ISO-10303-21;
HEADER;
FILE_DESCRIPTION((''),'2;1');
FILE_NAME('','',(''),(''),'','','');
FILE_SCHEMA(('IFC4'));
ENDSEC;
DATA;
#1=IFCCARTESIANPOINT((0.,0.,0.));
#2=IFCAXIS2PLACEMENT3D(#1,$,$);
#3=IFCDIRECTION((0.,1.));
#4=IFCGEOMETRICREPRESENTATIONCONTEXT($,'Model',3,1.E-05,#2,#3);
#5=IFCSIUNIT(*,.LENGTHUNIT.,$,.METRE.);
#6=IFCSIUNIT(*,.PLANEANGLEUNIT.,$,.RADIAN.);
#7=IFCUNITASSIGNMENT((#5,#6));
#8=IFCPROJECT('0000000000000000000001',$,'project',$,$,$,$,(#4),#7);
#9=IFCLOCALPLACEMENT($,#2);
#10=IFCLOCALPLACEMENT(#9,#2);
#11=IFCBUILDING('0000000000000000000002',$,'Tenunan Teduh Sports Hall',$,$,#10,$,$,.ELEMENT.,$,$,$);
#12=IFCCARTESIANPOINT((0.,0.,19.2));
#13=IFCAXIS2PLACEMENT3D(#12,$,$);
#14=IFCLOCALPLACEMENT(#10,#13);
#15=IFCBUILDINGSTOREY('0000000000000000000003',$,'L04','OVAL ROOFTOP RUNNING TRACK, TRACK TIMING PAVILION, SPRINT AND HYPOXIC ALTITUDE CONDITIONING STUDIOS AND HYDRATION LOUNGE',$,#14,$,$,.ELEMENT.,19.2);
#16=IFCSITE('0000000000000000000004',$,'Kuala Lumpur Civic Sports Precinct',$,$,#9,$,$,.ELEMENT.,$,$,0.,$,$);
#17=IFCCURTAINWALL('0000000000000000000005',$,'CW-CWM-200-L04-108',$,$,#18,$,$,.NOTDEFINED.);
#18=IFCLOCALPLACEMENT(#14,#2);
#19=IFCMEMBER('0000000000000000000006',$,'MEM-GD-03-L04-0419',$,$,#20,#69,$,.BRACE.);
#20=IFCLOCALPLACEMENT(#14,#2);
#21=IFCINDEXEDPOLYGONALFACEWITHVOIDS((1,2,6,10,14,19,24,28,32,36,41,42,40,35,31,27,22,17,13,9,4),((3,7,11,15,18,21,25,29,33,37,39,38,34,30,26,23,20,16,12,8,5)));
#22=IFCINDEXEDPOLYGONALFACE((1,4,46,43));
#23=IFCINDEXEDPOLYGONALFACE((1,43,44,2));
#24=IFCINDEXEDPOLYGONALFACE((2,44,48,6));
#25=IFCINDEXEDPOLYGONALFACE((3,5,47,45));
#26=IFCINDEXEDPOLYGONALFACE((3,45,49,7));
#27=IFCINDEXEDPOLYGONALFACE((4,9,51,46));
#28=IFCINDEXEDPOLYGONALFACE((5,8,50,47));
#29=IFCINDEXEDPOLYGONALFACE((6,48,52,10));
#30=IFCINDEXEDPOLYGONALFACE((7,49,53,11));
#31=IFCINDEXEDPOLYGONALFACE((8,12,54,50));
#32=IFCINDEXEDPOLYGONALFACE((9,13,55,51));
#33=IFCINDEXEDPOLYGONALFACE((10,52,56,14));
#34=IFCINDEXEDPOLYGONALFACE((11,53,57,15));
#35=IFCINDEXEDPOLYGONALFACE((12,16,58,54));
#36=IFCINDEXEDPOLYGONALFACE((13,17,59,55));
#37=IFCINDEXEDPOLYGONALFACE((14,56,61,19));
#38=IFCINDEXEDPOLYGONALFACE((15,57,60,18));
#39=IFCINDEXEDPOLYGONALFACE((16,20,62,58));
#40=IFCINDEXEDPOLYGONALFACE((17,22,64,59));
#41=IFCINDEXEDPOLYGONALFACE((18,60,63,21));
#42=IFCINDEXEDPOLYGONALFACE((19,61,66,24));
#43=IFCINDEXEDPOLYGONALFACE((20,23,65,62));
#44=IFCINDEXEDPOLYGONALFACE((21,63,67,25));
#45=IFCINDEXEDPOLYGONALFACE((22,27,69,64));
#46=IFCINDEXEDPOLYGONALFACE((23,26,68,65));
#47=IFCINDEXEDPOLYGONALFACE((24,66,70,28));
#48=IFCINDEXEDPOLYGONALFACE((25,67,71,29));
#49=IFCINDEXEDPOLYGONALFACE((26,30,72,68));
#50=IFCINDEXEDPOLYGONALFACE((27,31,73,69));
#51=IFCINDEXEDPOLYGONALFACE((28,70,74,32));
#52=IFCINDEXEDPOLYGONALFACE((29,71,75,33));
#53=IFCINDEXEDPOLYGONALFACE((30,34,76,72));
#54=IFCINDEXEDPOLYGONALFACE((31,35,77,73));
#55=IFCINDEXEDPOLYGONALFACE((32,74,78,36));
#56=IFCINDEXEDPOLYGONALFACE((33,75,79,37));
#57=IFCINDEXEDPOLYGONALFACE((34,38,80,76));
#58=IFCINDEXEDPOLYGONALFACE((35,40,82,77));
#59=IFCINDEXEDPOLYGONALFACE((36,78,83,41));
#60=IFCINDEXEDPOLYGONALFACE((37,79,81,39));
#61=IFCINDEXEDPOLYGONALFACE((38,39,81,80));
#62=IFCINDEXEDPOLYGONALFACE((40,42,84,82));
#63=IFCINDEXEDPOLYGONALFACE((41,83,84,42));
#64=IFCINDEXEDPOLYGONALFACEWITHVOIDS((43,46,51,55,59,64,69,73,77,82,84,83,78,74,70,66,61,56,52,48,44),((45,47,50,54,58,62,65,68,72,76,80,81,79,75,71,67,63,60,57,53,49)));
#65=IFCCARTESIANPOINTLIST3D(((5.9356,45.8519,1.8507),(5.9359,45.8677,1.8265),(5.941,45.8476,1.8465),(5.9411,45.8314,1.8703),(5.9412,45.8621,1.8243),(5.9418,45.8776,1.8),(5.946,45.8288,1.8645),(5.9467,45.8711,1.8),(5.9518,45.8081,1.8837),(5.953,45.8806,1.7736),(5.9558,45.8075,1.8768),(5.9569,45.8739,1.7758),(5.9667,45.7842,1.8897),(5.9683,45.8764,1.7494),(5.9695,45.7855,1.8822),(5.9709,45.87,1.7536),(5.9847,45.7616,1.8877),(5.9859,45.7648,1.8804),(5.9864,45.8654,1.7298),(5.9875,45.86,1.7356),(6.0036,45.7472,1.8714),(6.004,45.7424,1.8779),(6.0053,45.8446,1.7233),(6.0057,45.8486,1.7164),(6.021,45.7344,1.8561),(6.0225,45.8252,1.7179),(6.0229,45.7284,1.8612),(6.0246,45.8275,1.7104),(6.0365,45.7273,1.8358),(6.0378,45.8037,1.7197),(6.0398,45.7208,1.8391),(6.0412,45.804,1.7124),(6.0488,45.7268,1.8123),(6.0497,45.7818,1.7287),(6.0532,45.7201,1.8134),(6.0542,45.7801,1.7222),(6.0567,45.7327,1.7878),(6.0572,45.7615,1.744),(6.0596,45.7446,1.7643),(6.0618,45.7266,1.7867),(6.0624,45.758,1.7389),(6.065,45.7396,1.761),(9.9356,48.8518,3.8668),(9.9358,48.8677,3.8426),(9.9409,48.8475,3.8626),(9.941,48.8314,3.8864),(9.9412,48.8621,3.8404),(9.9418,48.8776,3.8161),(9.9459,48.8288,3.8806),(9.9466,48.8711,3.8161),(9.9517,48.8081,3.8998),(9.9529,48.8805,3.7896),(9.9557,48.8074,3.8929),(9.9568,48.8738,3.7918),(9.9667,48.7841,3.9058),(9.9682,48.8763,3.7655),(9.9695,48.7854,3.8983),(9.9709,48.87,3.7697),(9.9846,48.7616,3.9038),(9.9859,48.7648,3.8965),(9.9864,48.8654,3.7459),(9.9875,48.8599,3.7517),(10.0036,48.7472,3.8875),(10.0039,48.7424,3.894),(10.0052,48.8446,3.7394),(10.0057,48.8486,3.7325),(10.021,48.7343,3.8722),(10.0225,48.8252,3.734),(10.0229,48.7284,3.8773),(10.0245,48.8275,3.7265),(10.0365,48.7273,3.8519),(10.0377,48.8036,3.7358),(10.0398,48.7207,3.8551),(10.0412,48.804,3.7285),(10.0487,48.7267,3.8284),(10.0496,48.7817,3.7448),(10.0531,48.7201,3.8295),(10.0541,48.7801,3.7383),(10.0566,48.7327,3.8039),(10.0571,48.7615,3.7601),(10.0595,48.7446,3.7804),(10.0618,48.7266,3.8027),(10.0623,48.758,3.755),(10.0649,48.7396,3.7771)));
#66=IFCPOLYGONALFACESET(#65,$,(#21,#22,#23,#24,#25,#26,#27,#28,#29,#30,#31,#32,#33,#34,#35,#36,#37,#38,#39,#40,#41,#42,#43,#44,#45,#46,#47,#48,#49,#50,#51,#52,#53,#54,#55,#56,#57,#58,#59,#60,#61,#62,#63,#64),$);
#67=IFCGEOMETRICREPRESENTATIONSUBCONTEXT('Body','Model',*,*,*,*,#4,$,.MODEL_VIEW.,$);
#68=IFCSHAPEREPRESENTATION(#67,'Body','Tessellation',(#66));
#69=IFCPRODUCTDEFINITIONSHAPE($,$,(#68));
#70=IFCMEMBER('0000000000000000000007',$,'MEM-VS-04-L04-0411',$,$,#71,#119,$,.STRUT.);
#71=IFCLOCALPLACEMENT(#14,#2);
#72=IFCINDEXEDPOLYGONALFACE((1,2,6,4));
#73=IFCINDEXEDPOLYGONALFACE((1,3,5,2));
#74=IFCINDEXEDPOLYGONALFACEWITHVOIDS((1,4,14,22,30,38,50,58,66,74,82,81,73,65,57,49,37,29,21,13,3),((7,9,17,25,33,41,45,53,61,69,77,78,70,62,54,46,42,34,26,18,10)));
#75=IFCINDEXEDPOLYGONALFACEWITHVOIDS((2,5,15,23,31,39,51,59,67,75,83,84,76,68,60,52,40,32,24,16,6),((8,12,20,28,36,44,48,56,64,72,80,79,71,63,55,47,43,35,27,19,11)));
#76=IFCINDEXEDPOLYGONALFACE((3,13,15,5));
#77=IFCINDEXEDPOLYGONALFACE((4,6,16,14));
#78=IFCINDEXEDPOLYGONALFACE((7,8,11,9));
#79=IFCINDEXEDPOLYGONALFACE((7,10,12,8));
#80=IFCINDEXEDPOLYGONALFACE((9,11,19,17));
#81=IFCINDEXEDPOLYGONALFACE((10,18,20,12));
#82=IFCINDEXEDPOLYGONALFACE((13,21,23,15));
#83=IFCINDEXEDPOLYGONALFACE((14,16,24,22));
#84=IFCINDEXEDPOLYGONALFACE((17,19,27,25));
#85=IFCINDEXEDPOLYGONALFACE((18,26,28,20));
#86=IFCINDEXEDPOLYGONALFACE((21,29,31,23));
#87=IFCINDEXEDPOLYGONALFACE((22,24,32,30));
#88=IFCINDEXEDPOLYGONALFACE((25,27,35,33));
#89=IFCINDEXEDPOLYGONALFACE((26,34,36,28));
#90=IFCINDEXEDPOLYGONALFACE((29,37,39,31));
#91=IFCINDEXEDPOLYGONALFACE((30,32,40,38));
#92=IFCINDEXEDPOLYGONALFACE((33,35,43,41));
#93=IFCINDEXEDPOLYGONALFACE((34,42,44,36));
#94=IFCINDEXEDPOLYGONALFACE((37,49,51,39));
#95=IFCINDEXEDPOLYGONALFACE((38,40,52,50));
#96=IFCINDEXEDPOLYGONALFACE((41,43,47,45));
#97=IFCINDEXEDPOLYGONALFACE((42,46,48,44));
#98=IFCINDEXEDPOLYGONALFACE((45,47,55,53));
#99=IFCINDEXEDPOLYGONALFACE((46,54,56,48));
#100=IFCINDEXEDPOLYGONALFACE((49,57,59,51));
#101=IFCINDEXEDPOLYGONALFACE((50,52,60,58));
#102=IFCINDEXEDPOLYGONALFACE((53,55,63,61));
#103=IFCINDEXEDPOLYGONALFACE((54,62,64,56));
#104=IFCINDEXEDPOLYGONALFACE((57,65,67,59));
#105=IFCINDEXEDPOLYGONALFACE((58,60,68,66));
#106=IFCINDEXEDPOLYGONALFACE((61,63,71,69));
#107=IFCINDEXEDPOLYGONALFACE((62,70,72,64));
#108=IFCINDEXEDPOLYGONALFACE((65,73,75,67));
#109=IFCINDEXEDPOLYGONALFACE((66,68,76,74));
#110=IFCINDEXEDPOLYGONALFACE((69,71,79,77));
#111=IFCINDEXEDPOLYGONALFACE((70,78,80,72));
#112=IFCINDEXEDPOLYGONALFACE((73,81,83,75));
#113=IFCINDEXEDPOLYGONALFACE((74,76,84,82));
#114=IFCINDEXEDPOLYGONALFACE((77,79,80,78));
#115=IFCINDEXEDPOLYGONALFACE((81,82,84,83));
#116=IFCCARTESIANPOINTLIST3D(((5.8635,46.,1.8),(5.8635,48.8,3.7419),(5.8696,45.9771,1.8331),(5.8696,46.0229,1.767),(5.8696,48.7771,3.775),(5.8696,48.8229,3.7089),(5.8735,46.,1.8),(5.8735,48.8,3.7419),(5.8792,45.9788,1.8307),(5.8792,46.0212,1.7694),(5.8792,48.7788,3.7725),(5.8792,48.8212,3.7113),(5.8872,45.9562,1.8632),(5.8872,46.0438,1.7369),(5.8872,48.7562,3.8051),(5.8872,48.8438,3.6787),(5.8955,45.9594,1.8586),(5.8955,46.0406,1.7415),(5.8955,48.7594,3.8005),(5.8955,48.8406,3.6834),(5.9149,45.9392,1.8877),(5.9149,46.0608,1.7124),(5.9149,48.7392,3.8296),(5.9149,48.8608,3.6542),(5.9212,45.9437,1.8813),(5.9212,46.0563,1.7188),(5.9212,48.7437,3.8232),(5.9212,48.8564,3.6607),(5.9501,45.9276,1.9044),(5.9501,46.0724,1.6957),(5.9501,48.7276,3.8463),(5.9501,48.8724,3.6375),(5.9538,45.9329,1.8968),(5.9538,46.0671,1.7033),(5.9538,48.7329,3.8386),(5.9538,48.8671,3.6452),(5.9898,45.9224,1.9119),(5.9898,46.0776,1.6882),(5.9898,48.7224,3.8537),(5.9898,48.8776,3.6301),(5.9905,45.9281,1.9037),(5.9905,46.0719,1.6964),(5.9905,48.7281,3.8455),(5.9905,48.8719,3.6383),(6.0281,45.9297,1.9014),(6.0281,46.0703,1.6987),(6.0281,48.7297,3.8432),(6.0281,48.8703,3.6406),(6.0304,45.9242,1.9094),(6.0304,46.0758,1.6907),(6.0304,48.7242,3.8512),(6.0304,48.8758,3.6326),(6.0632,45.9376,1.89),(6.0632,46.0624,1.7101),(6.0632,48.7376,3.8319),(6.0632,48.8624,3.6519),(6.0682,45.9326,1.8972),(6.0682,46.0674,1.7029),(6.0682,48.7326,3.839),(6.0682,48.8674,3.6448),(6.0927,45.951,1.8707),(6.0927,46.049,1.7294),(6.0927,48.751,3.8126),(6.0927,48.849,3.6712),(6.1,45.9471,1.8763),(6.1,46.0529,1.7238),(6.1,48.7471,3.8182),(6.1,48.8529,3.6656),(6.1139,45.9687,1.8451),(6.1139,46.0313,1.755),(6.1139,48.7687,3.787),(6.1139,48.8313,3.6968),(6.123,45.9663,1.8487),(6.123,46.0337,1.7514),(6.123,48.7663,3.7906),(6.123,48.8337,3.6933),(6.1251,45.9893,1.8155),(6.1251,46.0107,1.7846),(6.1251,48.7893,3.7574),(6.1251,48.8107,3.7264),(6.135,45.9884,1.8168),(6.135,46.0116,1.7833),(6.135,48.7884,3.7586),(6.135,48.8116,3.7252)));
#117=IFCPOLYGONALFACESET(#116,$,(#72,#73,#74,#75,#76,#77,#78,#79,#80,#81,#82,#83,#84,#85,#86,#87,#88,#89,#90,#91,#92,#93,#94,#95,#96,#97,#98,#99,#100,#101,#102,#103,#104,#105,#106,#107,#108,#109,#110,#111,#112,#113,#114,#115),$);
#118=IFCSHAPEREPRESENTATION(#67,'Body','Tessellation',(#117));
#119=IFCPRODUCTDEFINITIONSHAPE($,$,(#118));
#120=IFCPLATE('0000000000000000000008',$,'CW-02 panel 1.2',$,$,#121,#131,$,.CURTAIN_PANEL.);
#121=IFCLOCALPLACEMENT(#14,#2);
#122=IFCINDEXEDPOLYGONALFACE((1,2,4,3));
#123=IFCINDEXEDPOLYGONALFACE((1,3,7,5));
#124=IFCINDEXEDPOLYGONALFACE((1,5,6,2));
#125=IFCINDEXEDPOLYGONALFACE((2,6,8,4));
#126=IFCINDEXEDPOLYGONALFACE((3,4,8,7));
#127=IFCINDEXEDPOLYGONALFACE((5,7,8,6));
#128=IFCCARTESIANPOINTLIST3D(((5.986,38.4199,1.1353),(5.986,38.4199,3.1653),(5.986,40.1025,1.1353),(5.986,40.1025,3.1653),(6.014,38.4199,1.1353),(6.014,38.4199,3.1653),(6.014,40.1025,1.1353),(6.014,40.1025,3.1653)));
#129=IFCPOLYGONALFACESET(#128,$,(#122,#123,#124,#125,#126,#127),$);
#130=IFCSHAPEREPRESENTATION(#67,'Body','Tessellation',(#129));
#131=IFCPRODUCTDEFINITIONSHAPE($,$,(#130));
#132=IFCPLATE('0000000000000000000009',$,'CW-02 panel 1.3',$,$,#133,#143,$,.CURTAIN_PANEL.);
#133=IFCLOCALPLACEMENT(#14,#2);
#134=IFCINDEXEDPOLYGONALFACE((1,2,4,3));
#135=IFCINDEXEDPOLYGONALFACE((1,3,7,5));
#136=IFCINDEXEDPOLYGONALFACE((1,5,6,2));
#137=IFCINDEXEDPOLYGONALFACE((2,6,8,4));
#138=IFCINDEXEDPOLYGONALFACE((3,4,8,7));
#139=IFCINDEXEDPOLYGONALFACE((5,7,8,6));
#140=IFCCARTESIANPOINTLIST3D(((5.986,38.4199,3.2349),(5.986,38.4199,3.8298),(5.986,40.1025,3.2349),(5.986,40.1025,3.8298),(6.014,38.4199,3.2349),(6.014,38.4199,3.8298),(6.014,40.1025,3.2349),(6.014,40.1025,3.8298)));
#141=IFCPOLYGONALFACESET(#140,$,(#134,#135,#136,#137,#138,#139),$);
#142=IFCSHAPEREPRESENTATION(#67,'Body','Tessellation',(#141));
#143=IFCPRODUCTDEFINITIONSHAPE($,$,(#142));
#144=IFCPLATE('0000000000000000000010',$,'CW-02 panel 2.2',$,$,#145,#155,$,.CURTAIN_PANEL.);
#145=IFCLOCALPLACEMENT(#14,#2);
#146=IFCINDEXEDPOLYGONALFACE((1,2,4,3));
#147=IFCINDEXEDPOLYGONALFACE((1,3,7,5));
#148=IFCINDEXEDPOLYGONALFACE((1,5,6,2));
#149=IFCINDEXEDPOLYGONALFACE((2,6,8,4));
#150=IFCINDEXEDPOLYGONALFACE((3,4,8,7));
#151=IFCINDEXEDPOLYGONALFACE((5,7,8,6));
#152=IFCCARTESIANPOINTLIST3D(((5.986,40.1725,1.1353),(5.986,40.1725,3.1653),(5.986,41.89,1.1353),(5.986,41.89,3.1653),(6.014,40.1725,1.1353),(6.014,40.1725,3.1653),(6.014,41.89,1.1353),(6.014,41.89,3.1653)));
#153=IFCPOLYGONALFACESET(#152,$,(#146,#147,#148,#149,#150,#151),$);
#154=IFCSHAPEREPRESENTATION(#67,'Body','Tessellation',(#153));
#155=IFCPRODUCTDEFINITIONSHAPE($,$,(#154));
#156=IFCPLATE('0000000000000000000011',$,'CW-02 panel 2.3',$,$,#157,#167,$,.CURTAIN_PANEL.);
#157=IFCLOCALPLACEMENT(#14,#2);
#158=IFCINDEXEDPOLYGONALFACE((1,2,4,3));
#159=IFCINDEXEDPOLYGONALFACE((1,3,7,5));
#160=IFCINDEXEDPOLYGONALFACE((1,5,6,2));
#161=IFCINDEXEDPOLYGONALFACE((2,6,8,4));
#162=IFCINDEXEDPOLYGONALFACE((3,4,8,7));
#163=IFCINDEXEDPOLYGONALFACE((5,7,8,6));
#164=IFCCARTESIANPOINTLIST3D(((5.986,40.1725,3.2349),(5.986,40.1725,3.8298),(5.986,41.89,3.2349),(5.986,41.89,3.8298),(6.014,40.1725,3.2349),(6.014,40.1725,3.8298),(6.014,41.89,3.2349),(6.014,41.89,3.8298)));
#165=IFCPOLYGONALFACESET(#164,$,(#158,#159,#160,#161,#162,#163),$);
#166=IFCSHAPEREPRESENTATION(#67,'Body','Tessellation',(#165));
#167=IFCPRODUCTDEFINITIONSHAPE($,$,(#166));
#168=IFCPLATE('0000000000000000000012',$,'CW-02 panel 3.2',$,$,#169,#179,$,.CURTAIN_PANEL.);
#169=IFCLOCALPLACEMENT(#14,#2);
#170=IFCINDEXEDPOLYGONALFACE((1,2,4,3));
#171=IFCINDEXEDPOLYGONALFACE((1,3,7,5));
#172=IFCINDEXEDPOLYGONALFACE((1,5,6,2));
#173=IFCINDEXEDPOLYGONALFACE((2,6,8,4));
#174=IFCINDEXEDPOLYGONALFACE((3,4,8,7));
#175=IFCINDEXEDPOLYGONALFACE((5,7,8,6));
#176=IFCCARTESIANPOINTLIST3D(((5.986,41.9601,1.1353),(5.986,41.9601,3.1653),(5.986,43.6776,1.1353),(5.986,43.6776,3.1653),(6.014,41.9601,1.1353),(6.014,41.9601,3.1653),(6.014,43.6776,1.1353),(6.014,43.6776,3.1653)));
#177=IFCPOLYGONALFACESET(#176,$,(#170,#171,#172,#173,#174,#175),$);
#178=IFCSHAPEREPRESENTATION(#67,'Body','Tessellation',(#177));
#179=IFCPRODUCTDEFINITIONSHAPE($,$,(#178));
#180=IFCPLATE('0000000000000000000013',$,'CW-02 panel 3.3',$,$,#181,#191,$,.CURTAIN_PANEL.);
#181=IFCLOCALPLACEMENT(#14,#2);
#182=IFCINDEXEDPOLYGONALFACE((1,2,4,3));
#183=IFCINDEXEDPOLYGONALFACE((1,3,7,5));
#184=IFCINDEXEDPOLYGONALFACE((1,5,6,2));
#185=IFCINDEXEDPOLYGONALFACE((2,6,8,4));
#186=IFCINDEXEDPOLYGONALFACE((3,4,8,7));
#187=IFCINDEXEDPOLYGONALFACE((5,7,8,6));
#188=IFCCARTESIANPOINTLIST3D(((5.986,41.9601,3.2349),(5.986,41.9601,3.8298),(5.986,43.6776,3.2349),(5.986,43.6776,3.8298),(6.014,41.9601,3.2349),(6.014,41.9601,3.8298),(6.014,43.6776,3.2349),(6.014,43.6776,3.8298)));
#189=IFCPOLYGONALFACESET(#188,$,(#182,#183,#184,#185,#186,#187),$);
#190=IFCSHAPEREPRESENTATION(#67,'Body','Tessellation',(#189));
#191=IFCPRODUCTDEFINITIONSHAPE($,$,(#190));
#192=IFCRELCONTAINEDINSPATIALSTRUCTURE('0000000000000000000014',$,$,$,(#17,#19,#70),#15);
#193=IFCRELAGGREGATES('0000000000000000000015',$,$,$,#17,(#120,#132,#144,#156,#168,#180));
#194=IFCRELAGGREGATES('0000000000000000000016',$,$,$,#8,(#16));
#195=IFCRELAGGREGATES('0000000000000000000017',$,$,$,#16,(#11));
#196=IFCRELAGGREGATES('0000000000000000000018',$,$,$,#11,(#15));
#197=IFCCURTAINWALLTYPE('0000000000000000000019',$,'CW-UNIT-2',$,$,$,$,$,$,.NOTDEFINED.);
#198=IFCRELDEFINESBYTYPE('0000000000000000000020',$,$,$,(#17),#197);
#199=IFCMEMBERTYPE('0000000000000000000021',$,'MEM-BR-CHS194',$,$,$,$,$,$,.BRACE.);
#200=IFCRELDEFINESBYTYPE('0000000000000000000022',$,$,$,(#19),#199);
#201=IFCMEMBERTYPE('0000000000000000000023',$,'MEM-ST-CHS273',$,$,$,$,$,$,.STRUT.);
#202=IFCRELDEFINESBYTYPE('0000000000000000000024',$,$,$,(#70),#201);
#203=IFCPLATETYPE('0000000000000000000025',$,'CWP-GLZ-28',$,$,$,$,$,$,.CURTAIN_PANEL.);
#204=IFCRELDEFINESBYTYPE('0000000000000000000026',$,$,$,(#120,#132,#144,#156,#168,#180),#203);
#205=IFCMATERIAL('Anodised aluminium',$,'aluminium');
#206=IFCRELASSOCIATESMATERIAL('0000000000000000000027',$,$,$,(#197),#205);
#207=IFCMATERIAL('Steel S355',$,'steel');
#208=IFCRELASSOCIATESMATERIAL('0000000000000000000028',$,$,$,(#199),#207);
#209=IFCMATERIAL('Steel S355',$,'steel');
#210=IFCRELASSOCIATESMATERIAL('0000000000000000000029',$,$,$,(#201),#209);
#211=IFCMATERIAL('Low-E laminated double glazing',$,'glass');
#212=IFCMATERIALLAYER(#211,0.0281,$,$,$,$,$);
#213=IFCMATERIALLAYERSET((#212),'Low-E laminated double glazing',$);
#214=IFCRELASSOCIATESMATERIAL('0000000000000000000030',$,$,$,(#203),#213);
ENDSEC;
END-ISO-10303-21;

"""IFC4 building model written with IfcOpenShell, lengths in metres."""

from ifc_helpers import new_model, si_unit, direction, frame, origin, origin_2d, place, context, subcontext, project, spatial, rectangle, hollow_circle, extrude, material, layer, layer_set, material_profile, profile_set, type_object, element, aggregate, save


model = new_model("IFC4")

# Units and contexts
model_context = context("Model", 3, precision=1e-05, world=origin(), true_north=direction((0.0, 1.0)))
body_context = subcontext(model_context, "Body", "Model", "MODEL_VIEW")
ifc_project = project(units=[si_unit("LENGTHUNIT", "METRE"), si_unit("PLANEANGLEUNIT", "RADIAN")], contexts=[model_context])

# Site, building, storey
site_placement = place(None, origin())
site = spatial("IfcSite", under=ifc_project, at=site_placement, Name="Kuala Lumpur Civic Sports Precinct", CompositionType="ELEMENT", RefElevation=0.0)
building_placement = place(site_placement, origin())
building = spatial("IfcBuilding", under=site, at=building_placement, Name="Tenunan Teduh Sports Hall", CompositionType="ELEMENT")
storey_placement = place(building_placement, frame((0.0, 0.0, 19.2)))
storey = spatial("IfcBuildingStorey", under=building, at=storey_placement, Name="L04", Description="OVAL ROOFTOP RUNNING TRACK, TRACK TIMING PAVILION, SPRINT AND HYPOXIC ALTITUDE CONDITIONING STUDIOS AND HYDRATION LOUNGE", CompositionType="ELEMENT", Elevation=19.2)

# Curtain wall
ifc_material_1 = material(Name="Anodised aluminium", Category="aluminium")
curtain_wall_type = type_object("IfcCurtainWallType", Name="CW-UNIT-2", PredefinedType="NOTDEFINED", material=ifc_material_1)
curtain_wall_placement = place(storey_placement, origin())
curtain_wall = element("IfcCurtainWall", 1, at=curtain_wall_placement, inside=storey, type_object=curtain_wall_type, Name="CW-CWM-200-L04-108", PredefinedType="NOTDEFINED")

# Members
ifc_material_2 = material(Name="Steel S355", Category="steel")
ifc_material_profile_1 = material_profile(ifc_material_2, hollow_circle(Radius=0.0969, WallThickness=0.0081, at=origin_2d()), Name="CHS 193.7x8.0")
ifc_profile_set_1 = profile_set([ifc_material_profile_1], Name="Steel S355")
member_type_1 = type_object("IfcMemberType", Name="MEM-BR-CHS194", PredefinedType="BRACE", material=ifc_profile_set_1)
member_1_placement = place(storey_placement, frame((6.0, 45.8, 1.8), z_axis=(0.741954, 0.556465, 0.373966), x_axis=(-0.6, 0.8, 0.0)))
element("IfcMember", 2, at=member_1_placement, inside=storey, type_object=member_type_1, Name="MEM-GD-03-L04-0419", PredefinedType="BRACE", context=body_context, shape_type="SweptSolid", body=[
    extrude(hollow_circle(Radius=0.0969, WallThickness=0.0081, at=origin_2d()), origin(), (0.0, 0.0, 1.0), 5.3911),
])
ifc_material_3 = material(Name="Steel S355", Category="steel")
ifc_material_profile_2 = material_profile(ifc_material_3, hollow_circle(Radius=0.1365, WallThickness=0.01, at=origin_2d()), Name="CHS 273.0x10.0")
ifc_profile_set_2 = profile_set([ifc_material_profile_2], Name="Steel S355")
member_type_2 = type_object("IfcMemberType", Name="MEM-ST-CHS273", PredefinedType="STRUT", material=ifc_profile_set_2)
member_2_placement = place(storey_placement, frame((6.0, 46.0, 1.8), z_axis=(0.0, 0.821725, 0.569884), x_axis=(-1.0, 0.0, 0.0)))
element("IfcMember", 3, at=member_2_placement, inside=storey, type_object=member_type_2, Name="MEM-VS-04-L04-0411", PredefinedType="STRUT", context=body_context, shape_type="SweptSolid", body=[
    extrude(hollow_circle(Radius=0.1365, WallThickness=0.01, at=origin_2d()), origin(), (0.0, 0.0, 1.0), 3.4075),
])

# Plates
ifc_material_4 = material(Name="Low-E laminated double glazing", Category="glass")
ifc_layer_1 = layer(ifc_material_4, 0.0281)
ifc_layer_set_1 = layer_set([ifc_layer_1], Name="Low-E laminated double glazing")
plate_type_1 = type_object("IfcPlateType", Name="CWP-GLZ-28", PredefinedType="CURTAIN_PANEL", material=ifc_layer_set_1)
plate_1_placement = place(storey_placement, frame((6.0, 39.2612, 1.1353), z_axis=(0.0, 0.0, 1.0), x_axis=(0.0, 1.0, 0.0)))
plate_1 = element("IfcPlate", 4, at=plate_1_placement, type_object=plate_type_1, Name="CW-02 panel 1.2", PredefinedType="CURTAIN_PANEL", context=body_context, shape_type="SweptSolid", body=[
    extrude(rectangle(XDim=1.6826, YDim=0.0281, at=origin_2d()), origin(), (0.0, 0.0, 1.0), 2.03),
])
plate_2_placement = place(storey_placement, frame((6.0, 39.2612, 3.2349), z_axis=(0.0, 0.0, 1.0), x_axis=(0.0, 1.0, 0.0)))
plate_2 = element("IfcPlate", 5, at=plate_2_placement, type_object=plate_type_1, Name="CW-02 panel 1.3", PredefinedType="CURTAIN_PANEL", context=body_context, shape_type="SweptSolid", body=[
    extrude(rectangle(XDim=1.6826, YDim=0.0281, at=origin_2d()), origin(), (0.0, 0.0, 1.0), 0.595),
])
plate_3_placement = place(storey_placement, frame((6.0, 41.0312, 1.1353), z_axis=(0.0, 0.0, 1.0), x_axis=(0.0, 1.0, 0.0)))
plate_3 = element("IfcPlate", 6, at=plate_3_placement, type_object=plate_type_1, Name="CW-02 panel 2.2", PredefinedType="CURTAIN_PANEL", context=body_context, shape_type="SweptSolid", body=[
    extrude(rectangle(XDim=1.7175, YDim=0.0281, at=origin_2d()), origin(), (0.0, 0.0, 1.0), 2.03),
])
plate_4_placement = place(storey_placement, frame((6.0, 41.0312, 3.2349), z_axis=(0.0, 0.0, 1.0), x_axis=(0.0, 1.0, 0.0)))
plate_4 = element("IfcPlate", 7, at=plate_4_placement, type_object=plate_type_1, Name="CW-02 panel 2.3", PredefinedType="CURTAIN_PANEL", context=body_context, shape_type="SweptSolid", body=[
    extrude(rectangle(XDim=1.7175, YDim=0.0281, at=origin_2d()), origin(), (0.0, 0.0, 1.0), 0.595),
])
plate_5_placement = place(storey_placement, frame((6.0, 42.8188, 1.1353), z_axis=(0.0, 0.0, 1.0), x_axis=(0.0, 1.0, 0.0)))
plate_5 = element("IfcPlate", 8, at=plate_5_placement, type_object=plate_type_1, Name="CW-02 panel 3.2", PredefinedType="CURTAIN_PANEL", context=body_context, shape_type="SweptSolid", body=[
    extrude(rectangle(XDim=1.7175, YDim=0.0281, at=origin_2d()), origin(), (0.0, 0.0, 1.0), 2.03),
])
plate_6_placement = place(storey_placement, frame((6.0, 42.8188, 3.2349), z_axis=(0.0, 0.0, 1.0), x_axis=(0.0, 1.0, 0.0)))
plate_6 = element("IfcPlate", 9, at=plate_6_placement, type_object=plate_type_1, Name="CW-02 panel 3.3", PredefinedType="CURTAIN_PANEL", context=body_context, shape_type="SweptSolid", body=[
    extrude(rectangle(XDim=1.7175, YDim=0.0281, at=origin_2d()), origin(), (0.0, 0.0, 1.0), 0.595),
])
aggregate(curtain_wall, [plate_1, plate_2, plate_3, plate_4, plate_5, plate_6])

save(model, "model.ifc")
